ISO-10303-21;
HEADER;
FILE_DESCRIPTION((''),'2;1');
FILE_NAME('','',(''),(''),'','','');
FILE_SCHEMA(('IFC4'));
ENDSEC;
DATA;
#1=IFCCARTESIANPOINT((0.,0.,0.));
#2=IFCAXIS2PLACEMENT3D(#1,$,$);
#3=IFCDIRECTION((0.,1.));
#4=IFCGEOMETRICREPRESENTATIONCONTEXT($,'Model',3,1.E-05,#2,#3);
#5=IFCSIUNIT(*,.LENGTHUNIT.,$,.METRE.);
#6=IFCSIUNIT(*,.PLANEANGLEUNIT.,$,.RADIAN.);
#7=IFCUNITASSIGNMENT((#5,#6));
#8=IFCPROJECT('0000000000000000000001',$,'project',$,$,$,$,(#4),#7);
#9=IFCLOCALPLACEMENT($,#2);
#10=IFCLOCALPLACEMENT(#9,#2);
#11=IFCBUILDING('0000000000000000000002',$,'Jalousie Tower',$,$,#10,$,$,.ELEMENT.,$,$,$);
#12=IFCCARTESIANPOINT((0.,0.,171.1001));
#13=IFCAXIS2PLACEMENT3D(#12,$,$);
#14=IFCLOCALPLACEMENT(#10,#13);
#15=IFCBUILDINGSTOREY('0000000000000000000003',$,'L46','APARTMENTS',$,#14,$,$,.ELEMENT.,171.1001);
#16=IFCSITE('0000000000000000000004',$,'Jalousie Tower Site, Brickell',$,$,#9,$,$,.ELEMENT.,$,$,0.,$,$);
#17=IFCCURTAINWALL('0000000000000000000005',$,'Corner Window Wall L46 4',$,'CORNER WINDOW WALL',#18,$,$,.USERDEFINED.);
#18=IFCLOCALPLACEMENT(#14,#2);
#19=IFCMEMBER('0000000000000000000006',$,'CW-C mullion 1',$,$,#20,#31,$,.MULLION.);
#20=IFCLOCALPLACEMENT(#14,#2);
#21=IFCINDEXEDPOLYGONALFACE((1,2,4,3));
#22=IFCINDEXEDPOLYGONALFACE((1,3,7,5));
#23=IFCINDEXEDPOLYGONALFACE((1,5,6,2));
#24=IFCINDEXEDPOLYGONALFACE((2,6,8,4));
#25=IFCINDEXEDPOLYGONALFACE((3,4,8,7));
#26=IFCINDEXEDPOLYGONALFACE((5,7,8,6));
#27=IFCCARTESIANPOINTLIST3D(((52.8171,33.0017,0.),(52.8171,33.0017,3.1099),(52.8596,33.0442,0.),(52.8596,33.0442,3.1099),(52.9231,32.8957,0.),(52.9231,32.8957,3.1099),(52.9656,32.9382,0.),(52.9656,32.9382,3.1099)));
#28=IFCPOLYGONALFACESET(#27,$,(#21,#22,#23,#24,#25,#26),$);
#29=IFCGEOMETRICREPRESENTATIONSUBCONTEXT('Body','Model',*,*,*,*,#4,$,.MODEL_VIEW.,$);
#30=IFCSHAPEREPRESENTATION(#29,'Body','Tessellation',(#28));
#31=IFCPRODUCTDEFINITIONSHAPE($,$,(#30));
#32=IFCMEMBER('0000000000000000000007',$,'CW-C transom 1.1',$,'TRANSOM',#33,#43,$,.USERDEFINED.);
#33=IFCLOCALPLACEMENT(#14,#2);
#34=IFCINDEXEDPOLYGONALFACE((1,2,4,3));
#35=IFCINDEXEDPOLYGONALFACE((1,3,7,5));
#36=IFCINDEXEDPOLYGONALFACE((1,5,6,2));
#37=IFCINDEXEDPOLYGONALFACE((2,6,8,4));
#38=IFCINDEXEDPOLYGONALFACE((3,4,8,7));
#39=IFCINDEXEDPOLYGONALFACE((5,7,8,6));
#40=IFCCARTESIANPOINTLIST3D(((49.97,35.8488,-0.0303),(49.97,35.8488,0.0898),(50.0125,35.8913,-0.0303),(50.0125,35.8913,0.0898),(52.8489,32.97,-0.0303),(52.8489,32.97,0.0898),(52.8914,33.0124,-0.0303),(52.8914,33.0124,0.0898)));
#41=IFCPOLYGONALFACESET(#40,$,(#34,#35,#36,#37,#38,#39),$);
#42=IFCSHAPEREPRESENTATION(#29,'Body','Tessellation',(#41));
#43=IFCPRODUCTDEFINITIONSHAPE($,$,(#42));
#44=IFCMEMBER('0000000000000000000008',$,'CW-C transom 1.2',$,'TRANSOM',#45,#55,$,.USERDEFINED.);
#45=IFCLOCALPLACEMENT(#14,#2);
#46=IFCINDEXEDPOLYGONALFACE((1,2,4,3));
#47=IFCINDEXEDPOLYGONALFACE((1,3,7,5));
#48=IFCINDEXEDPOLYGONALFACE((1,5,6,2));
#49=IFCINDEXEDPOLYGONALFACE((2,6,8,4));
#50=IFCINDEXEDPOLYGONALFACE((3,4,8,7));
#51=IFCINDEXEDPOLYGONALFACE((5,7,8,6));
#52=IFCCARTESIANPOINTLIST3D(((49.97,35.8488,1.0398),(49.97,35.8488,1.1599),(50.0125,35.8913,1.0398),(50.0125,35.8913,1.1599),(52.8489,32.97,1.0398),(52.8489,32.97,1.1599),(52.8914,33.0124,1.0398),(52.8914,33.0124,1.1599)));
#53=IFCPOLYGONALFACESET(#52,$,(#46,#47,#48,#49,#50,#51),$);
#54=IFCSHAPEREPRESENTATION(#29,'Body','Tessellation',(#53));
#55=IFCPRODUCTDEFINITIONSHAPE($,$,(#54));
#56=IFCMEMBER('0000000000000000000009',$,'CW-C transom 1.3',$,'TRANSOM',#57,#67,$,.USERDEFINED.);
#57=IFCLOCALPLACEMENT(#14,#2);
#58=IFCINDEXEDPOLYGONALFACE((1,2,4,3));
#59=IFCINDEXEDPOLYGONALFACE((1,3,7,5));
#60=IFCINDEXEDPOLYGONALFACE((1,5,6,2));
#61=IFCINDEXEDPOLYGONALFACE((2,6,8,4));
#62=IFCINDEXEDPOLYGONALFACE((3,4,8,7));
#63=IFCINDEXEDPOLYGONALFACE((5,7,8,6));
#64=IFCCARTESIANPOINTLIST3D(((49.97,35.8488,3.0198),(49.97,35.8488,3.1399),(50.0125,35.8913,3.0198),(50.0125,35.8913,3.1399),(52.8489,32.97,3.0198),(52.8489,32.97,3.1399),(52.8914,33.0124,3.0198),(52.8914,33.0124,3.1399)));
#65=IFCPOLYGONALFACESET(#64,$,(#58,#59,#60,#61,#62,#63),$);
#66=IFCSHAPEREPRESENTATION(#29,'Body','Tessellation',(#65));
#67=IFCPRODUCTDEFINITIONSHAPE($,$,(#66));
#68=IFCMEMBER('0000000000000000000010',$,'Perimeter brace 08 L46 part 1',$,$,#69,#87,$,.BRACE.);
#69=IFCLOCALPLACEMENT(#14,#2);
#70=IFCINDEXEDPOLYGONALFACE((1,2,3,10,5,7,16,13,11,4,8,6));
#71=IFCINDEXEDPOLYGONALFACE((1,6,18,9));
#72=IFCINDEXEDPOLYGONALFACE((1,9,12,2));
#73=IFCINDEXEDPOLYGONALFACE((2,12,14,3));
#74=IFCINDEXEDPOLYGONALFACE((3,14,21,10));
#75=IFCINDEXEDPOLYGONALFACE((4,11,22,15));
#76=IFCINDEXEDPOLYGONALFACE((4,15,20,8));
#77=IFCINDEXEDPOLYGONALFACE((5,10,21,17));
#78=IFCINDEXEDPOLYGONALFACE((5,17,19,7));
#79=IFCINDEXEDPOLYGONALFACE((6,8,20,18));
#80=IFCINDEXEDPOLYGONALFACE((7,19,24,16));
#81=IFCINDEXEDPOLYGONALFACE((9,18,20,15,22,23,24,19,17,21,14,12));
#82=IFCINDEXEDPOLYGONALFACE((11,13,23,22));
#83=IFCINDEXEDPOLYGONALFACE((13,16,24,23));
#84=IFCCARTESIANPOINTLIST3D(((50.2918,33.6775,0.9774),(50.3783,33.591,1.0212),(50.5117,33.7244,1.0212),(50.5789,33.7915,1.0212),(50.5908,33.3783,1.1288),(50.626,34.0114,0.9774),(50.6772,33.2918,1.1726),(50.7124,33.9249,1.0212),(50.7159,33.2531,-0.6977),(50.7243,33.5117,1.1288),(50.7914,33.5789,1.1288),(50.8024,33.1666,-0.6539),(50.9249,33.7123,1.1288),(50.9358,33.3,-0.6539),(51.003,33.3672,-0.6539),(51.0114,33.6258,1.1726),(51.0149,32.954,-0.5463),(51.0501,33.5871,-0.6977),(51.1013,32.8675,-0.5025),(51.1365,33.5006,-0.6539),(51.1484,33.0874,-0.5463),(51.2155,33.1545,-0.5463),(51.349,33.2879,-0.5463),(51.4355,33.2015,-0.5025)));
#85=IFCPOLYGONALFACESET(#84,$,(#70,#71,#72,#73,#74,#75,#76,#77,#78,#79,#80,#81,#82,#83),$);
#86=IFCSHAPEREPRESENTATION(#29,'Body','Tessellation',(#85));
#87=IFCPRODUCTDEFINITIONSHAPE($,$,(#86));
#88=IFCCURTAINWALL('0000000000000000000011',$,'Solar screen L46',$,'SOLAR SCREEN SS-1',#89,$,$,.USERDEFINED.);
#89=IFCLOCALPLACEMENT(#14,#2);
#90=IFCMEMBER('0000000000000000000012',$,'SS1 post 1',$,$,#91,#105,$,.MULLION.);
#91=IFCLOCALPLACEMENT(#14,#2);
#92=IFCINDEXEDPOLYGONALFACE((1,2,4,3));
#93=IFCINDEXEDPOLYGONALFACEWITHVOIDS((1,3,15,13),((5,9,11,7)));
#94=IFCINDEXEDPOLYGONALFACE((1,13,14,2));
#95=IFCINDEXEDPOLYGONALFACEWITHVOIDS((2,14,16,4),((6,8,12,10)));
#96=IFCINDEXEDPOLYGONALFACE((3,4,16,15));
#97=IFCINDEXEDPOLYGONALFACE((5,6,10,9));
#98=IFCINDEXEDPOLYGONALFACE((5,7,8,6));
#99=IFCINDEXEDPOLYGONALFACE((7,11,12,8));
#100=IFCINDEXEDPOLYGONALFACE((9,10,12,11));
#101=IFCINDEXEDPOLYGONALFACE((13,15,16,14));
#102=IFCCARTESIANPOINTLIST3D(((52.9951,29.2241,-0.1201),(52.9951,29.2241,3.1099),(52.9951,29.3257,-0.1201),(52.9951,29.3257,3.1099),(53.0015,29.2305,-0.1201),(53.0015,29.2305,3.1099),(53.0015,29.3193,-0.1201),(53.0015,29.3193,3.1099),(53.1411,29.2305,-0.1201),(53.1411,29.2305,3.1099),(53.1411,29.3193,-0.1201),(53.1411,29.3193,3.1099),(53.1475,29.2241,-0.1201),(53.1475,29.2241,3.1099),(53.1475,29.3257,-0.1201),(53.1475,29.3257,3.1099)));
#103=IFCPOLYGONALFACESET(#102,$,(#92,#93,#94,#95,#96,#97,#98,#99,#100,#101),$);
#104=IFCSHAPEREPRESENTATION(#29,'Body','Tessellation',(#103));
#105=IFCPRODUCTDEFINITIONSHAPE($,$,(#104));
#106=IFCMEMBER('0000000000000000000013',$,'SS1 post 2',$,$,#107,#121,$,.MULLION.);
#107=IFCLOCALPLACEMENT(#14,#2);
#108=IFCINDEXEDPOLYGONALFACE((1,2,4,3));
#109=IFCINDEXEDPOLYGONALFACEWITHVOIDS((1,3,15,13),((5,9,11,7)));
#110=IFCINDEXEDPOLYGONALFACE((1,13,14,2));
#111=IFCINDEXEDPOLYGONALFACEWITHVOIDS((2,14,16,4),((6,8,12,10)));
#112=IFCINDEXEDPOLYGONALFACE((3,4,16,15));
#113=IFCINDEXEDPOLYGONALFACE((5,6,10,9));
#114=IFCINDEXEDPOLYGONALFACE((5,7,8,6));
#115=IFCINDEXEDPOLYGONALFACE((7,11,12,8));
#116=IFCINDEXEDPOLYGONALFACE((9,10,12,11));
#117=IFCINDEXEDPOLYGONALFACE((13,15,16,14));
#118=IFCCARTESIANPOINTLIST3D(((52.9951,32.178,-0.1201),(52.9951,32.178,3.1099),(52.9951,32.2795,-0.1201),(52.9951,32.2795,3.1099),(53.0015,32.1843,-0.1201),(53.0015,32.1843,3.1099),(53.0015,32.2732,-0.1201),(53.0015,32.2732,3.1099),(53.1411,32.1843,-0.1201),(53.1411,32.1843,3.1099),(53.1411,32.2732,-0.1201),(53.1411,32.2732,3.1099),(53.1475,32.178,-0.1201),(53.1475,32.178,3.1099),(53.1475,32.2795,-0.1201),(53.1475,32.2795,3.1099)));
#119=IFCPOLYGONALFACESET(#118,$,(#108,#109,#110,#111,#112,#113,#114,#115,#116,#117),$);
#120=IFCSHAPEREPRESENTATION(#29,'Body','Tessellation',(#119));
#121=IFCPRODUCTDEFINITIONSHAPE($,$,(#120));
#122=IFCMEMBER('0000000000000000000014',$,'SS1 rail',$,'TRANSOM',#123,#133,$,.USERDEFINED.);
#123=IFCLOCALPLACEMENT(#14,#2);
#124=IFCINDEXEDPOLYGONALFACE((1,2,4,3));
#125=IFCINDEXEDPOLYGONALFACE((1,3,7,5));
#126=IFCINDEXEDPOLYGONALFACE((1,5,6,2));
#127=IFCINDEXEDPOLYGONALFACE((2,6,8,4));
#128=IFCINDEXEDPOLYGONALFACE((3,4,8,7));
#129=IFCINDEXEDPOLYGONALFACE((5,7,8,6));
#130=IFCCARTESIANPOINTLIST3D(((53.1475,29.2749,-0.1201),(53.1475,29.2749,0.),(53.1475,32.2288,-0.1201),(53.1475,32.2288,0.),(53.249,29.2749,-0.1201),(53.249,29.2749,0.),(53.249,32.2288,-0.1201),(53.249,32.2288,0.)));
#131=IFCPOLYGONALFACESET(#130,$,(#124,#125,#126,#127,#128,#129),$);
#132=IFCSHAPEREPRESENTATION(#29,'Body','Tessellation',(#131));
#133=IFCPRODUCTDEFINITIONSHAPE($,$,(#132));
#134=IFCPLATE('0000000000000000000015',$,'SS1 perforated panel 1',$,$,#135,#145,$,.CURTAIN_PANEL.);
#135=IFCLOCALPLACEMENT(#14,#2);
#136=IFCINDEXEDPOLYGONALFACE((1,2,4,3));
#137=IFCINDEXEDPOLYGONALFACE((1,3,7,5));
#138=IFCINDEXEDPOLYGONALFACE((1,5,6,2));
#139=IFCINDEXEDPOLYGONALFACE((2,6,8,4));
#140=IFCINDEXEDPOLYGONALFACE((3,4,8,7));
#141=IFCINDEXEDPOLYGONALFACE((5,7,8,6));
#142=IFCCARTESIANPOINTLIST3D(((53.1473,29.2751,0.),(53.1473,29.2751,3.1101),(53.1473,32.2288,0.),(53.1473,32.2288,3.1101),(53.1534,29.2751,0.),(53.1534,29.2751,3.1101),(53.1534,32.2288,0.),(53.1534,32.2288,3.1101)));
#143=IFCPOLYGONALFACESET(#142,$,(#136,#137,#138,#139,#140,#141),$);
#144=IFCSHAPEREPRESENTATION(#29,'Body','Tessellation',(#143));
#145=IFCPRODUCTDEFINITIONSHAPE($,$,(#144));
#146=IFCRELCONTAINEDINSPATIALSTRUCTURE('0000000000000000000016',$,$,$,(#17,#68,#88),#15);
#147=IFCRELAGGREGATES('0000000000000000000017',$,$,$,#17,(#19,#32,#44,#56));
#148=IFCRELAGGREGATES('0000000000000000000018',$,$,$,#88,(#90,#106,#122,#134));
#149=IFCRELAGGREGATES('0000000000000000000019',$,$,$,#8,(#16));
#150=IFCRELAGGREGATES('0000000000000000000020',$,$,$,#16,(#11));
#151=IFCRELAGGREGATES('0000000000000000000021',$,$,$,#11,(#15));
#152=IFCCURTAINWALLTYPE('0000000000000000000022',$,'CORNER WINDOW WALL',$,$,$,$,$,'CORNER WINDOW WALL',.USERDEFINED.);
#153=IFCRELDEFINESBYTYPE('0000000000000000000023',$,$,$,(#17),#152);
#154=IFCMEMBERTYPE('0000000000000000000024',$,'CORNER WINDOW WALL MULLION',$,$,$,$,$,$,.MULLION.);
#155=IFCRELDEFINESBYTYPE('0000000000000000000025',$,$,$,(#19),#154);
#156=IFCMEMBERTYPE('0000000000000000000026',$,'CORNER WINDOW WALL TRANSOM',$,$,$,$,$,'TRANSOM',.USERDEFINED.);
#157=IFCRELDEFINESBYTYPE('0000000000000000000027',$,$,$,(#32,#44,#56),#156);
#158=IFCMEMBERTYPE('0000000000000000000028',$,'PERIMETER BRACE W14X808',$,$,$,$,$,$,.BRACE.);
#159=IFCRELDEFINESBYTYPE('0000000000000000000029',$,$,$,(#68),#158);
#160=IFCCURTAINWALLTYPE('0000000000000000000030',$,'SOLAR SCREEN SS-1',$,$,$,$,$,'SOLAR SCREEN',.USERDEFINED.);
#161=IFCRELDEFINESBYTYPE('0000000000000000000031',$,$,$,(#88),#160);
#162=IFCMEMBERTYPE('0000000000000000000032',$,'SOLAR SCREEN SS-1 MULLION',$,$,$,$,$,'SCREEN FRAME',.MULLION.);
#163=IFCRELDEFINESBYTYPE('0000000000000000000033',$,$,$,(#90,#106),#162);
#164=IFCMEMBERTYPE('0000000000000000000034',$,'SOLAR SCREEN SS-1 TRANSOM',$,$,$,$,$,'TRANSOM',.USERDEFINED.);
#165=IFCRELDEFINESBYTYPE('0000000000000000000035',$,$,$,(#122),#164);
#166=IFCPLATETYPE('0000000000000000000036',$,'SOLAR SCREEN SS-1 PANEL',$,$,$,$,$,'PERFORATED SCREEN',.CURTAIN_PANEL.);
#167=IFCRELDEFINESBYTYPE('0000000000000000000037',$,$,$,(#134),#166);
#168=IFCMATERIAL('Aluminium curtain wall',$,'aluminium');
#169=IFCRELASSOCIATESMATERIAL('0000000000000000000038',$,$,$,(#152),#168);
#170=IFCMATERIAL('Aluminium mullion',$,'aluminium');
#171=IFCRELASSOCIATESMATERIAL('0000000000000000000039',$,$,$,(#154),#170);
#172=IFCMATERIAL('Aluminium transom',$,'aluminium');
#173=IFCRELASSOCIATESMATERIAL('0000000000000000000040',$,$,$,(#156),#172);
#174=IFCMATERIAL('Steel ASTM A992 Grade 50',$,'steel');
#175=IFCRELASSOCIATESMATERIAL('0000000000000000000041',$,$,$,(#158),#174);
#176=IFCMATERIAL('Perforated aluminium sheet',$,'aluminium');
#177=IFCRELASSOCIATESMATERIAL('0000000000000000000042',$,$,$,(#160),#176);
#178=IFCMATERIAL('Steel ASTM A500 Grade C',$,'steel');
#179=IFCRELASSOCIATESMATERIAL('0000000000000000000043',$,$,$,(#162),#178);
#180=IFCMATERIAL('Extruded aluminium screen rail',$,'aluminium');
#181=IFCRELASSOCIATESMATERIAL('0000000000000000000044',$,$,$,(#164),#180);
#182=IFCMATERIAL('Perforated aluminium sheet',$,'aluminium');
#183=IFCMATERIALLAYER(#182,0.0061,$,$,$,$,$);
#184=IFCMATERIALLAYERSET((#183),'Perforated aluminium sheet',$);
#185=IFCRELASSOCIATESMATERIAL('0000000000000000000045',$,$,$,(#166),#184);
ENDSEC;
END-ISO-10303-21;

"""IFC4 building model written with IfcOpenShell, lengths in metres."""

from ifc_helpers import new_model, si_unit, direction, frame, origin, origin_2d, place, context, subcontext, project, spatial, rectangle, hollow_rectangle, i_section, extrude, material, layer, layer_set, material_profile, profile_set, type_object, element, aggregate, save


model = new_model("IFC4")

# Units and contexts
model_context = context("Model", 3, precision=1e-05, world=origin(), true_north=direction((0.0, 1.0)))
body_context = subcontext(model_context, "Body", "Model", "MODEL_VIEW")
ifc_project = project(units=[si_unit("LENGTHUNIT", "METRE"), si_unit("PLANEANGLEUNIT", "RADIAN")], contexts=[model_context])

# Site, building, storey
site_placement = place(None, origin())
site = spatial("IfcSite", under=ifc_project, at=site_placement, Name="Jalousie Tower Site, Brickell", CompositionType="ELEMENT", RefElevation=0.0)
building_placement = place(site_placement, origin())
building = spatial("IfcBuilding", under=site, at=building_placement, Name="Jalousie Tower", CompositionType="ELEMENT")
storey_placement = place(building_placement, frame((0.0, 0.0, 171.1001)))
storey = spatial("IfcBuildingStorey", under=building, at=storey_placement, Name="L46", Description="APARTMENTS", CompositionType="ELEMENT", Elevation=171.1001)

# Curtain wall, members
ifc_material_1 = material(Name="Aluminium curtain wall", Category="aluminium")
curtain_wall_type_1 = type_object("IfcCurtainWallType", Name="CORNER WINDOW WALL", ElementType="CORNER WINDOW WALL", PredefinedType="USERDEFINED", material=ifc_material_1)
curtain_wall_1_placement = place(storey_placement, origin())
curtain_wall_1 = element("IfcCurtainWall", 1, at=curtain_wall_1_placement, inside=storey, type_object=curtain_wall_type_1, Name="Corner Window Wall L46 4", ObjectType="CORNER WINDOW WALL", PredefinedType="USERDEFINED")
ifc_material_2 = material(Name="Aluminium mullion", Category="aluminium")
ifc_material_profile_1 = material_profile(ifc_material_2, rectangle(XDim=0.0601, YDim=0.1499, at=origin_2d()), Name="MULLION 60x150")
ifc_profile_set_1 = profile_set([ifc_material_profile_1], Name="Aluminium mullion")
member_type_1 = type_object("IfcMemberType", Name="CORNER WINDOW WALL MULLION", PredefinedType="MULLION", material=ifc_profile_set_1)
member_1_placement = place(storey_placement, frame((52.8914, 32.97, 0.0), z_axis=(0.0, 0.0, 1.0), x_axis=(-0.707107, -0.707107, 0.0)))
member_1 = element("IfcMember", 2, at=member_1_placement, type_object=member_type_1, Name="CW-C mullion 1", PredefinedType="MULLION", context=body_context, shape_type="SweptSolid", body=[
    extrude(rectangle(XDim=0.0601, YDim=0.1499, at=origin_2d()), origin(), (0.0, 0.0, 1.0), 3.1099),
])
ifc_material_3 = material(Name="Aluminium transom", Category="aluminium")
ifc_material_profile_2 = material_profile(ifc_material_3, rectangle(XDim=0.0601, YDim=0.1201, at=origin_2d()), Name="TRANSOM 60x120")
ifc_profile_set_2 = profile_set([ifc_material_profile_2], Name="Aluminium transom")
member_type_2 = type_object("IfcMemberType", Name="CORNER WINDOW WALL TRANSOM", ElementType="TRANSOM", PredefinedType="USERDEFINED", material=ifc_profile_set_2)
member_2_placement = place(storey_placement, frame((52.8701, 32.9912, 0.0298), z_axis=(-0.707107, 0.707107, 0.0), x_axis=(-0.707107, -0.707107, 0.0)))
member_2 = element("IfcMember", 3, at=member_2_placement, type_object=member_type_2, Name="CW-C transom 1.1", ObjectType="TRANSOM", PredefinedType="USERDEFINED", context=body_context, shape_type="SweptSolid", body=[
    extrude(rectangle(XDim=0.0601, YDim=0.1201, at=origin_2d()), origin(), (0.0, 0.0, 1.0), 4.0713),
])
member_3_placement = place(storey_placement, frame((52.8701, 32.9912, 1.0999), z_axis=(-0.707107, 0.707107, 0.0), x_axis=(-0.707107, -0.707107, 0.0)))
member_3 = element("IfcMember", 4, at=member_3_placement, type_object=member_type_2, Name="CW-C transom 1.2", ObjectType="TRANSOM", PredefinedType="USERDEFINED", context=body_context, shape_type="SweptSolid", body=[
    extrude(rectangle(XDim=0.0601, YDim=0.1201, at=origin_2d()), origin(), (0.0, 0.0, 1.0), 4.0713),
])
member_4_placement = place(storey_placement, frame((52.8701, 32.9912, 3.0798), z_axis=(-0.707107, 0.707107, 0.0), x_axis=(-0.707107, -0.707107, 0.0)))
member_4 = element("IfcMember", 5, at=member_4_placement, type_object=member_type_2, Name="CW-C transom 1.3", ObjectType="TRANSOM", PredefinedType="USERDEFINED", context=body_context, shape_type="SweptSolid", body=[
    extrude(rectangle(XDim=0.0601, YDim=0.1201, at=origin_2d()), origin(), (0.0, 0.0, 1.0), 4.0713),
])
aggregate(curtain_wall_1, [member_1, member_2, member_3, member_4])

# Member
ifc_material_4 = material(Name="Steel ASTM A992 Grade 50", Category="steel")
ifc_material_profile_3 = material_profile(ifc_material_4, i_section(OverallWidth=0.4724, OverallDepth=0.5791, WebThickness=0.095, FlangeThickness=0.1299, at=origin_2d()), Name="W14X808")
ifc_profile_set_3 = profile_set([ifc_material_profile_3], Name="Steel ASTM A992 Grade 50")
member_type_3 = type_object("IfcMemberType", Name="PERIMETER BRACE W14X808", PredefinedType="BRACE", material=ifc_profile_set_3)
member_5_placement = place(storey_placement, frame((51.0757, 33.2273, -0.6001), z_axis=(-0.238346, 0.238483, 0.941444), x_axis=(-0.70731, -0.706903, 0.0)))
element("IfcMember", 6, at=member_5_placement, inside=storey, type_object=member_type_3, Name="Perimeter brace 08 L46 part 1", PredefinedType="BRACE", context=body_context, shape_type="SweptSolid", body=[
    extrude(i_section(OverallWidth=0.4724, OverallDepth=0.5791, WebThickness=0.095, FlangeThickness=0.1299, at=origin_2d()), origin(), (0.0, 0.0, 1.0), 1.7793),
])

# Curtain wall, members, plate
ifc_material_5 = material(Name="Perforated aluminium sheet", Category="aluminium")
curtain_wall_type_2 = type_object("IfcCurtainWallType", Name="SOLAR SCREEN SS-1", ElementType="SOLAR SCREEN", PredefinedType="USERDEFINED", material=ifc_material_5)
curtain_wall_2_placement = place(storey_placement, origin())
curtain_wall_2 = element("IfcCurtainWall", 7, at=curtain_wall_2_placement, inside=storey, type_object=curtain_wall_type_2, Name="Solar screen L46", ObjectType="SOLAR SCREEN SS-1", PredefinedType="USERDEFINED")
ifc_material_6 = material(Name="Steel ASTM A500 Grade C", Category="steel")
ifc_material_profile_4 = material_profile(ifc_material_6, hollow_rectangle(XDim=0.1016, YDim=0.1523, WallThickness=0.0063, at=origin_2d()), Name="HSS6X4X1/4")
ifc_profile_set_4 = profile_set([ifc_material_profile_4], Name="Steel ASTM A500 Grade C")
member_type_4 = type_object("IfcMemberType", Name="SOLAR SCREEN SS-1 MULLION", ElementType="SCREEN FRAME", PredefinedType="MULLION", material=ifc_profile_set_4)
member_6_placement = place(storey_placement, frame((53.0713, 29.2749, -0.1201), z_axis=(0.0, 0.0, 1.0), x_axis=(0.0, 1.0, 0.0)))
member_6 = element("IfcMember", 8, at=member_6_placement, type_object=member_type_4, Name="SS1 post 1", PredefinedType="MULLION", context=body_context, shape_type="SweptSolid", body=[
    extrude(hollow_rectangle(XDim=0.1016, YDim=0.1523, WallThickness=0.0063, at=origin_2d()), origin(), (0.0, 0.0, 1.0), 3.23),
])
member_7_placement = place(storey_placement, frame((53.0713, 32.2288, -0.1201), z_axis=(0.0, 0.0, 1.0), x_axis=(0.0, 1.0, 0.0)))
member_7 = element("IfcMember", 9, at=member_7_placement, type_object=member_type_4, Name="SS1 post 2", PredefinedType="MULLION", context=body_context, shape_type="SweptSolid", body=[
    extrude(hollow_rectangle(XDim=0.1016, YDim=0.1523, WallThickness=0.0063, at=origin_2d()), origin(), (0.0, 0.0, 1.0), 3.23),
])
ifc_material_7 = material(Name="Extruded aluminium screen rail", Category="aluminium")
ifc_material_profile_5 = material_profile(ifc_material_7, rectangle(XDim=0.1016, YDim=0.1201, at=origin_2d()), Name="RAIL 102x120")
ifc_profile_set_5 = profile_set([ifc_material_profile_5], Name="Extruded aluminium screen rail")
member_type_5 = type_object("IfcMemberType", Name="SOLAR SCREEN SS-1 TRANSOM", ElementType="TRANSOM", PredefinedType="USERDEFINED", material=ifc_profile_set_5)
member_8_placement = place(storey_placement, frame((53.1982, 29.2749, -0.0601), z_axis=(0.0, 1.0, 0.0), x_axis=(-1.0, 0.0, 0.0)))
member_8 = element("IfcMember", 10, at=member_8_placement, type_object=member_type_5, Name="SS1 rail", ObjectType="TRANSOM", PredefinedType="USERDEFINED", context=body_context, shape_type="SweptSolid", body=[
    extrude(rectangle(XDim=0.1016, YDim=0.1201, at=origin_2d()), origin(), (0.0, 0.0, 1.0), 2.9539),
])
ifc_material_8 = material(Name="Perforated aluminium sheet", Category="aluminium")
ifc_layer = layer(ifc_material_8, 0.0061)
ifc_layer_set = layer_set([ifc_layer], Name="Perforated aluminium sheet")
plate_type = type_object("IfcPlateType", Name="SOLAR SCREEN SS-1 PANEL", ElementType="PERFORATED SCREEN", PredefinedType="CURTAIN_PANEL", material=ifc_layer_set)
plate_placement = place(storey_placement, frame((53.1504, 30.752, 0.0), z_axis=(0.0, 0.0, 1.0), x_axis=(0.0, 1.0, 0.0)))
plate = element("IfcPlate", 11, at=plate_placement, type_object=plate_type, Name="SS1 perforated panel 1", PredefinedType="CURTAIN_PANEL", context=body_context, shape_type="SweptSolid", body=[
    extrude(rectangle(XDim=2.9536, YDim=0.0061, at=origin_2d()), origin(), (0.0, 0.0, 1.0), 3.1101),
])
aggregate(curtain_wall_2, [member_6, member_7, member_8, plate])

save(model, "model.ifc")
